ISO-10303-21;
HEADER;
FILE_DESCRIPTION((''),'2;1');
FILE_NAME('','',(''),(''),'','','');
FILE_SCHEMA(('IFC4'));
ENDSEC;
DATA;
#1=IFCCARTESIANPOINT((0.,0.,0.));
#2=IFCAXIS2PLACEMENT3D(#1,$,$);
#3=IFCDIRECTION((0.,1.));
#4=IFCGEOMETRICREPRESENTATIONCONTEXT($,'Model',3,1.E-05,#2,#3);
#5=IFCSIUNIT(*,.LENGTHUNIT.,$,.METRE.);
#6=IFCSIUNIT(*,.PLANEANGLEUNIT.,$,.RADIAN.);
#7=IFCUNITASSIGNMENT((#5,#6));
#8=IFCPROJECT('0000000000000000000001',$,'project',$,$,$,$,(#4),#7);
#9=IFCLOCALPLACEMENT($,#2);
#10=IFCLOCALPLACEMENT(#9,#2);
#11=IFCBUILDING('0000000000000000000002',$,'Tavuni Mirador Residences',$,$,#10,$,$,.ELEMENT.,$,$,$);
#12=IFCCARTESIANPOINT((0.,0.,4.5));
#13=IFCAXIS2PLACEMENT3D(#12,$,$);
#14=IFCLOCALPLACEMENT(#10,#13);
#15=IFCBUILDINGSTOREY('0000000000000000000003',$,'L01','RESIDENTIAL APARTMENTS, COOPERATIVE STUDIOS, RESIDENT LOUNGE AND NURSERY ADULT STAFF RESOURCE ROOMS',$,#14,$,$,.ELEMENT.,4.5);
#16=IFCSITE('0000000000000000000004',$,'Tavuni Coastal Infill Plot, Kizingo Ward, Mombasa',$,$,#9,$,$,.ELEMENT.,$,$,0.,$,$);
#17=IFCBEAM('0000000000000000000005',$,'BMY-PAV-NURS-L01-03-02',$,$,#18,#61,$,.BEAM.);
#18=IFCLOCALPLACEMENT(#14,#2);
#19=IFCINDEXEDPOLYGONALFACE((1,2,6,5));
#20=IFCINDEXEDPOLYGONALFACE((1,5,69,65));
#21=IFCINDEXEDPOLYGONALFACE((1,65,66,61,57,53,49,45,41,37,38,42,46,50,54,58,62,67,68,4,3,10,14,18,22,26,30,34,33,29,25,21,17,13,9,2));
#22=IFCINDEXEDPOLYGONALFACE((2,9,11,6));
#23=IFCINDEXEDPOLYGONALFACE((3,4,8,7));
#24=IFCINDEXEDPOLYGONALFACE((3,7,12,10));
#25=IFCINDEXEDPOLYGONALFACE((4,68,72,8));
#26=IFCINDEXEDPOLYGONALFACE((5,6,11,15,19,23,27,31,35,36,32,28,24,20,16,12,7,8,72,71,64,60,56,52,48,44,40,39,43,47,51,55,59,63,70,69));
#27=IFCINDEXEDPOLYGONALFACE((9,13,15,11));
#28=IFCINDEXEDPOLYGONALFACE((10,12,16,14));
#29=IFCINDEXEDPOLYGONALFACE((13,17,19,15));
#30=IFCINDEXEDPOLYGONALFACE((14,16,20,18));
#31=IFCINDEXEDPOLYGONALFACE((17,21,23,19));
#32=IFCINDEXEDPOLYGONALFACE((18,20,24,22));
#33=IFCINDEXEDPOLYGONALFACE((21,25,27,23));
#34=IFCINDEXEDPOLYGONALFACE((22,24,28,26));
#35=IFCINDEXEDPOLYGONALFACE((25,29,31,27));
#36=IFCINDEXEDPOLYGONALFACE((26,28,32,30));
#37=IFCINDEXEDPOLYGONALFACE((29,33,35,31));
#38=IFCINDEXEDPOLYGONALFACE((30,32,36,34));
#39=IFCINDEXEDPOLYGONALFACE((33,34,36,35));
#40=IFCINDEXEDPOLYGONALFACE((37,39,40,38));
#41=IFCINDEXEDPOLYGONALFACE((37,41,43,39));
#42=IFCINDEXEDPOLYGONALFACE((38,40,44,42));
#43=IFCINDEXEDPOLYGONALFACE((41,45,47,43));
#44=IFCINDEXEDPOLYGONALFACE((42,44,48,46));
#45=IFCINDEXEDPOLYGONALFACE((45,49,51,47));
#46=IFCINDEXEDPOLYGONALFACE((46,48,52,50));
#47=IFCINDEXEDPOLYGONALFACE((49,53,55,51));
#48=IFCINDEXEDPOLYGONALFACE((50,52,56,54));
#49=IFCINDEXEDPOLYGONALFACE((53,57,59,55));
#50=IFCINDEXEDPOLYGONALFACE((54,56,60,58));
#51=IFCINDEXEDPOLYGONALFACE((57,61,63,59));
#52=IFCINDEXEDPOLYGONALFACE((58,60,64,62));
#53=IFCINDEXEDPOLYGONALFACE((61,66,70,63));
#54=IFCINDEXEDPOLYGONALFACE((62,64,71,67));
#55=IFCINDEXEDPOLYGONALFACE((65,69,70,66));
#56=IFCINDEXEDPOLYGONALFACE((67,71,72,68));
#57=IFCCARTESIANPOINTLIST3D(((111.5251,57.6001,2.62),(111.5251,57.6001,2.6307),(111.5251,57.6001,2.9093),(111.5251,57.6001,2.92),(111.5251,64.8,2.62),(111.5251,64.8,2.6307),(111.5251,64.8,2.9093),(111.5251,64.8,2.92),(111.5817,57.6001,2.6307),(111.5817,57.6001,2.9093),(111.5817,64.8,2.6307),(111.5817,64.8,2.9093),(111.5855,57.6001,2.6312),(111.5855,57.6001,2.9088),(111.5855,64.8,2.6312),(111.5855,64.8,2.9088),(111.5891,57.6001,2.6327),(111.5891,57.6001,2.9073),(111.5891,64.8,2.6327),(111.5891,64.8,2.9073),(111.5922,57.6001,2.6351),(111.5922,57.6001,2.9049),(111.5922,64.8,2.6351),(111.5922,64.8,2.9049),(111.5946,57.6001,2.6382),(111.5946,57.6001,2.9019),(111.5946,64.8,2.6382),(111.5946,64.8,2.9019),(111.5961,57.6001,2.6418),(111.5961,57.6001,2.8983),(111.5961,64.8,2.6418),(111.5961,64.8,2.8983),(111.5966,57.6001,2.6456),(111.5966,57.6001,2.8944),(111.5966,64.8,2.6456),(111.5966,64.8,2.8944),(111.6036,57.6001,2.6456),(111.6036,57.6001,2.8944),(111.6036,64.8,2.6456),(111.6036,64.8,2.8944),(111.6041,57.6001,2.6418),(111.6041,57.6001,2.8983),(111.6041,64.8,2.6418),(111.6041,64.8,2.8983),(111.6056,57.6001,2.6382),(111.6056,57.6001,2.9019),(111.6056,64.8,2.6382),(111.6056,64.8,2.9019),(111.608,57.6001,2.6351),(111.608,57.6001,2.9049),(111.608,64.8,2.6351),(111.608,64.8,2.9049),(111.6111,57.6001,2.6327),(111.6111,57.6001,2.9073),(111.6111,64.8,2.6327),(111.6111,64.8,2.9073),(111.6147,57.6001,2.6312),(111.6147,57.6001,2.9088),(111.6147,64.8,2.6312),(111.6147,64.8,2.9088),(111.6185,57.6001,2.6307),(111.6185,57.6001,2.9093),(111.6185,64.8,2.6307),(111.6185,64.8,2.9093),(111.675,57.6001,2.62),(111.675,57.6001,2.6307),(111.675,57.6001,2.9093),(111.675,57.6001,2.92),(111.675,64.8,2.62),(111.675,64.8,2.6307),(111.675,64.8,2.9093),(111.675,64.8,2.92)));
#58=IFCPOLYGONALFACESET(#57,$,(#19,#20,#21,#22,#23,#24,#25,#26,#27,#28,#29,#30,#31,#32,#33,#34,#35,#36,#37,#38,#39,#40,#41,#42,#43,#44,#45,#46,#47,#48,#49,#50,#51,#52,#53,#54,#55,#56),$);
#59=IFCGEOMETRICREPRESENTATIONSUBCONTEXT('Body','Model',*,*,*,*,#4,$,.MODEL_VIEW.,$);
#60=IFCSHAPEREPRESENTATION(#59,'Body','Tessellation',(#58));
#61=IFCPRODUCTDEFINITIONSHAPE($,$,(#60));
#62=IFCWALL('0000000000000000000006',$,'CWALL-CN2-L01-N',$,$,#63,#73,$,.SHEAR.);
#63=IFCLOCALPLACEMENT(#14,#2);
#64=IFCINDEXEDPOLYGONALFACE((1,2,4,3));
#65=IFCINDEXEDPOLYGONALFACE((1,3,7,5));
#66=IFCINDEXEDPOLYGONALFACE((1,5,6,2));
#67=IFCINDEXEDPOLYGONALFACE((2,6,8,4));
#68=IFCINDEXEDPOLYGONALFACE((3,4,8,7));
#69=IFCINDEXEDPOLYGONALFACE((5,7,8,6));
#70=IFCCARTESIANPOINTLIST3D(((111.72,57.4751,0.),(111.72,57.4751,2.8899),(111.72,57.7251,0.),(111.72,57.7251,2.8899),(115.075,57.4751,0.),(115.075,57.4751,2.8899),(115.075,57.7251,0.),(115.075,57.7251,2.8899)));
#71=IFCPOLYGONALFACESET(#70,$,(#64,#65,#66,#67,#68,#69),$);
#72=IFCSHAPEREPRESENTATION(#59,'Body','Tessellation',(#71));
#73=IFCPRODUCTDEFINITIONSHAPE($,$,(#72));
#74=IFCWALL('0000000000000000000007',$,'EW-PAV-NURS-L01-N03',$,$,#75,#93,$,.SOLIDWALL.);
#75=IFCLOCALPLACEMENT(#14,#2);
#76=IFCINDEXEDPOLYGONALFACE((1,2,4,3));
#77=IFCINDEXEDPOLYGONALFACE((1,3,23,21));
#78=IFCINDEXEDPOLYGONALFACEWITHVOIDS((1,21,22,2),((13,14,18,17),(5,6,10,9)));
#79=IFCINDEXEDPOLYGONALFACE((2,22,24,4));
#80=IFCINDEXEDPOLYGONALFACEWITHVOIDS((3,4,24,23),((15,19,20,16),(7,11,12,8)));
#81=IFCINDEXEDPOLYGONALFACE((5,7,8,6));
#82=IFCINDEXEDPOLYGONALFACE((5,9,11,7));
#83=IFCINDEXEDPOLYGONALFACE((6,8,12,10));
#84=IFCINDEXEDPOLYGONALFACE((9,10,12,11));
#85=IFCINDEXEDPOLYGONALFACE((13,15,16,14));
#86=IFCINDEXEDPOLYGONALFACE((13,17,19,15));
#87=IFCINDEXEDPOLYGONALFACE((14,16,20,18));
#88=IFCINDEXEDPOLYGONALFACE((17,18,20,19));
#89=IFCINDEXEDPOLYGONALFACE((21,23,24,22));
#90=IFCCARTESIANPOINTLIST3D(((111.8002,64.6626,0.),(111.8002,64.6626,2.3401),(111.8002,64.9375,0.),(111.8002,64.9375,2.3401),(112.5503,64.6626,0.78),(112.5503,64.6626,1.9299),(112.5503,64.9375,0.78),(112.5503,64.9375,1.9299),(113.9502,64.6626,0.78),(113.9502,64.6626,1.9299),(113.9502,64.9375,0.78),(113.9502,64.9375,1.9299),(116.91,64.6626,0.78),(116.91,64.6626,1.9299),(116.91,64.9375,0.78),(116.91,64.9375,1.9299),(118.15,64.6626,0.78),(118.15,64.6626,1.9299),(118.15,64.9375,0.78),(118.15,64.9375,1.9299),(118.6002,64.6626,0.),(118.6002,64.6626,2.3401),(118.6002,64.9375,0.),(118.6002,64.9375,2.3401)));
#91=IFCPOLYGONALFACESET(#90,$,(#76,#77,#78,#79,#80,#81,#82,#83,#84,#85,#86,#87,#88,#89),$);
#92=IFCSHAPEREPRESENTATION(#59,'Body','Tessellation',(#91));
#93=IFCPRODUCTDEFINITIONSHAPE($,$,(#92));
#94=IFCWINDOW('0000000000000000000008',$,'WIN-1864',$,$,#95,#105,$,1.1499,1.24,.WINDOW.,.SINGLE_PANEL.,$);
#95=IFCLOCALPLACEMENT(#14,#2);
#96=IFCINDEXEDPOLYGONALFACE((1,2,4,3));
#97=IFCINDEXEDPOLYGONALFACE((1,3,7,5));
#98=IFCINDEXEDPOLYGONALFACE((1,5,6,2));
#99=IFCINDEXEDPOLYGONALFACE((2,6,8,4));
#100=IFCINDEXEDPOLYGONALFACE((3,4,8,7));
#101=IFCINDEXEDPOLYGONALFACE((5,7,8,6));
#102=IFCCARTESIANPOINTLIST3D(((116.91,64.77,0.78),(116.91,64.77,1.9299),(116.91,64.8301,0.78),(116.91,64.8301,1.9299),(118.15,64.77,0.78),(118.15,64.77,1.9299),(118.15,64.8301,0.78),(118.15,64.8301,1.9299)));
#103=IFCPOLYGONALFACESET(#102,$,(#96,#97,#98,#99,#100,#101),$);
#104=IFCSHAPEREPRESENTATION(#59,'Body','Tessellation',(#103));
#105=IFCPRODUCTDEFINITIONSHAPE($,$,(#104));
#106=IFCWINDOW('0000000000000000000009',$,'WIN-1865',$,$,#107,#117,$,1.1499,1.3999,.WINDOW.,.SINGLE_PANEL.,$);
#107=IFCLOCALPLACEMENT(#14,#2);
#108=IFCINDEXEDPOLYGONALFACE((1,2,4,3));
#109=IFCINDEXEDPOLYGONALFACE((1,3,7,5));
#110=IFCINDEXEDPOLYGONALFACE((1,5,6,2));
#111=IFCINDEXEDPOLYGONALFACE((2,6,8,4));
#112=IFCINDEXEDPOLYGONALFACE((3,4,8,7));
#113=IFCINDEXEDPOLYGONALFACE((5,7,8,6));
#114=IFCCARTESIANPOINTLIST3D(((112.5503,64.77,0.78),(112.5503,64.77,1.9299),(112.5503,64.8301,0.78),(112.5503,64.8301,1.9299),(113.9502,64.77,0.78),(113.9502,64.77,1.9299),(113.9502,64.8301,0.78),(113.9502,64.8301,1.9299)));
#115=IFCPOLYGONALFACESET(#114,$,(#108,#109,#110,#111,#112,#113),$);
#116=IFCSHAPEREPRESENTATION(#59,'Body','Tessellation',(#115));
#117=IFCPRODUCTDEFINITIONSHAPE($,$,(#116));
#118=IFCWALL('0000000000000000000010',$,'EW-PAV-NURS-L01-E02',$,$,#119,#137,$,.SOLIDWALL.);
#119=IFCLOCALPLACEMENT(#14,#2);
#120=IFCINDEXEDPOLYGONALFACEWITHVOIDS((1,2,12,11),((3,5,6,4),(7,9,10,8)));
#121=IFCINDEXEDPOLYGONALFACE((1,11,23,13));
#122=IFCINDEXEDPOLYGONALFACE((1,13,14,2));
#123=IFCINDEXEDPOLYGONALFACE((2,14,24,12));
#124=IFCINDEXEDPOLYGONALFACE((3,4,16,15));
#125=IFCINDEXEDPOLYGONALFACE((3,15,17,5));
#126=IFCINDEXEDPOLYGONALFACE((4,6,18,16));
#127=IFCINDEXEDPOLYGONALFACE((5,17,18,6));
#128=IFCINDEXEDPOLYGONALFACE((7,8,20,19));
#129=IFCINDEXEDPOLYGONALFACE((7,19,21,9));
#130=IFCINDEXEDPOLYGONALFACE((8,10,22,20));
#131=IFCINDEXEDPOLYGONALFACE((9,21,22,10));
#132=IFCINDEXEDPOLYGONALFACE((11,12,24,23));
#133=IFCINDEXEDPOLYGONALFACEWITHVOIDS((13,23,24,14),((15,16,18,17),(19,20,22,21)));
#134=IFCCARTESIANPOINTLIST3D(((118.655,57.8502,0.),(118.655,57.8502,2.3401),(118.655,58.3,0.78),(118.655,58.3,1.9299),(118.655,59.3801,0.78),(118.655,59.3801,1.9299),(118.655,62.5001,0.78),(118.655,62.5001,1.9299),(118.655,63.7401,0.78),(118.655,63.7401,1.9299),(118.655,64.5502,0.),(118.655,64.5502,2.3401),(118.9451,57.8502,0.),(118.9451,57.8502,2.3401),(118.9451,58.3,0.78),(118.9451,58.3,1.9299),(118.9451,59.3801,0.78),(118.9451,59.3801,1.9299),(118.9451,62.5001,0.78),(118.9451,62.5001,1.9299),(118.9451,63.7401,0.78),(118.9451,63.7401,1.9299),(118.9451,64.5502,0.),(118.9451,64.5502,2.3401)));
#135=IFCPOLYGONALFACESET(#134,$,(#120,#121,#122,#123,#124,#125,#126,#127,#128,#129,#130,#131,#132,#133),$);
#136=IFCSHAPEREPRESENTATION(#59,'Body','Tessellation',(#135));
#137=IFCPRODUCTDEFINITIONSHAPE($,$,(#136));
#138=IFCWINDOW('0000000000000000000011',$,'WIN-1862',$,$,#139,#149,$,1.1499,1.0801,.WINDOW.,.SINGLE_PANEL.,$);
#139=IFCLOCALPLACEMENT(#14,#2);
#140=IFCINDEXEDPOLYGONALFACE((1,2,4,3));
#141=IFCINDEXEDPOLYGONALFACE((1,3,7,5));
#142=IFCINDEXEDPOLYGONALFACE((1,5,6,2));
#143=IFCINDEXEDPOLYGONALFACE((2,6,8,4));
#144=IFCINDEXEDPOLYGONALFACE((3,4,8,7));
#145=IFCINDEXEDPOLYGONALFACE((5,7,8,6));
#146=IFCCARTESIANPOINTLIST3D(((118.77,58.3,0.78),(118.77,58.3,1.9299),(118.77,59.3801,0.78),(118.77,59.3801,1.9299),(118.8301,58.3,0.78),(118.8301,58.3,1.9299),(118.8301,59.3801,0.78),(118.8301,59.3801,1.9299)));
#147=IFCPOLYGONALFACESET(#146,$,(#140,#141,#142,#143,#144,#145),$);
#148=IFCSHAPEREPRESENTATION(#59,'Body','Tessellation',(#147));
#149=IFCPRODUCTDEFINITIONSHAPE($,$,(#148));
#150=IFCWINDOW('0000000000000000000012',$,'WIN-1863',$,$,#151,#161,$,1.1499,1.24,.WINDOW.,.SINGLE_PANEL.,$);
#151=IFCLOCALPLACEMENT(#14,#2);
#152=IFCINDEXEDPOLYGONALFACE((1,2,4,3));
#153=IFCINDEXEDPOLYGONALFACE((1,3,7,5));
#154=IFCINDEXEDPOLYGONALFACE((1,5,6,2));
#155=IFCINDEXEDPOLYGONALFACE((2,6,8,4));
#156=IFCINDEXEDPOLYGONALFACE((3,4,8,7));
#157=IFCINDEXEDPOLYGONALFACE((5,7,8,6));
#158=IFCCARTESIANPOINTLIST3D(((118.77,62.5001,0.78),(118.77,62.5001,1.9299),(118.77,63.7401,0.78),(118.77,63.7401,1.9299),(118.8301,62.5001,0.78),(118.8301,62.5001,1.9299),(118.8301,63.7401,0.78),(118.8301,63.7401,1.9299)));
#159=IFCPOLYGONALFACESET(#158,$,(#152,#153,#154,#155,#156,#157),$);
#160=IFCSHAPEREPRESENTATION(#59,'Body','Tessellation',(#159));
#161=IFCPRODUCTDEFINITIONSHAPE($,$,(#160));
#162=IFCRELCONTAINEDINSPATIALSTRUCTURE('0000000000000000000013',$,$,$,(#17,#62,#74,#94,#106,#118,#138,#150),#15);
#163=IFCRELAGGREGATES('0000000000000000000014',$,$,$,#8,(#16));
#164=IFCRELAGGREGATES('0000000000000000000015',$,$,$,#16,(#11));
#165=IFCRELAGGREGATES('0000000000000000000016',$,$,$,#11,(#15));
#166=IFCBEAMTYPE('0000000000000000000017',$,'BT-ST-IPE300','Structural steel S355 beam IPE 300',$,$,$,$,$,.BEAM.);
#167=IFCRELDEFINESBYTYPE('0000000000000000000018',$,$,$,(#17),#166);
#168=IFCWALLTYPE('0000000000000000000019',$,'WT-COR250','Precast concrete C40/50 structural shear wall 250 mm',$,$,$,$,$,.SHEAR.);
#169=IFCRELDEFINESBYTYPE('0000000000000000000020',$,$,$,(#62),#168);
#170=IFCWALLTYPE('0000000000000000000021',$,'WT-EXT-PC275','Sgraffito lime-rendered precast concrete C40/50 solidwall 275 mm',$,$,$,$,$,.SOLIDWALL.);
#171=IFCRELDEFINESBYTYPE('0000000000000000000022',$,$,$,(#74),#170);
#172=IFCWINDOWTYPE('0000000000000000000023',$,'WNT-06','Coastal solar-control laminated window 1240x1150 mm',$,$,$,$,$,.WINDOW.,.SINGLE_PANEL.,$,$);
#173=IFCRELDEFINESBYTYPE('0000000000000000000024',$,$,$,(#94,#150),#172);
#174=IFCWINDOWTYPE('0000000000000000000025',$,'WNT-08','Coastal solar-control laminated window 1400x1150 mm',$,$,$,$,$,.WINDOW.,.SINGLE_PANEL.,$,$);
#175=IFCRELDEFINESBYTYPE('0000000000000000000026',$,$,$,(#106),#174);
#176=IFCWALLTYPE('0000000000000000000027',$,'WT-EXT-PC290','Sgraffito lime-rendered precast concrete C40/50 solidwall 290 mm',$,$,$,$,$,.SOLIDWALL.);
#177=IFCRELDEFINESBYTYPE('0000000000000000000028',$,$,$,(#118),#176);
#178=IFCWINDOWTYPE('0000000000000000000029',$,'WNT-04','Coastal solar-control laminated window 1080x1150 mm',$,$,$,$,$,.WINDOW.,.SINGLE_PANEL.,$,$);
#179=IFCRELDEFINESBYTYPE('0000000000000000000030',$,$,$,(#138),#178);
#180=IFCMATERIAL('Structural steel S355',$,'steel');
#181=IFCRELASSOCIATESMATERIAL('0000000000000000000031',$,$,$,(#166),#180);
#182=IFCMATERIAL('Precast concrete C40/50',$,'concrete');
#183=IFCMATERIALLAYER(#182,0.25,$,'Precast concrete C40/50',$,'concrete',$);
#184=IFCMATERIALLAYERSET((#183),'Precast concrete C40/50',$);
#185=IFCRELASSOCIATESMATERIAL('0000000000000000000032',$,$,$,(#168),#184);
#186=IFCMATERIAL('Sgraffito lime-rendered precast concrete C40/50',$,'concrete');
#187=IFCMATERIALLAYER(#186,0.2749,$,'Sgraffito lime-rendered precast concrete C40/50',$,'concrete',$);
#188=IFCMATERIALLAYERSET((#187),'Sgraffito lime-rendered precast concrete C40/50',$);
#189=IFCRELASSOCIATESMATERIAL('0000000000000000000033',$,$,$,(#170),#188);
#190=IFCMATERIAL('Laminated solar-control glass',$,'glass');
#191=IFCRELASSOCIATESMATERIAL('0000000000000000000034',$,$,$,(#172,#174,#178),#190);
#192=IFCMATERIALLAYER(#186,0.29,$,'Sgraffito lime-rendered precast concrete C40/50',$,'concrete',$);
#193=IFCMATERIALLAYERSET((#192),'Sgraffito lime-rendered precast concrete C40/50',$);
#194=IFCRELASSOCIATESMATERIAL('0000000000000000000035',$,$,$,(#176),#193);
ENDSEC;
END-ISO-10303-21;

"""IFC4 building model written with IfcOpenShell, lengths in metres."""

from ifc_helpers import new_model, si_unit, direction, frame, frame_2d, origin, origin_2d, place, context, subcontext, project, spatial, rectangle, i_section, extrude, material, layer, layer_set, material_profile, profile_set, type_object, element, fill, save


model = new_model("IFC4")

# Units and contexts
model_context = context("Model", 3, precision=1e-05, world=origin(), true_north=direction((0.0, 1.0)))
body_context = subcontext(model_context, "Body", "Model", "MODEL_VIEW")
ifc_project = project(units=[si_unit("LENGTHUNIT", "METRE"), si_unit("PLANEANGLEUNIT", "RADIAN")], contexts=[model_context])

# Site, building, storey
site_placement = place(None, origin())
site = spatial("IfcSite", under=ifc_project, at=site_placement, Name="Tavuni Coastal Infill Plot, Kizingo Ward, Mombasa", CompositionType="ELEMENT", RefElevation=0.0)
building_placement = place(site_placement, origin())
building = spatial("IfcBuilding", under=site, at=building_placement, Name="Tavuni Mirador Residences", CompositionType="ELEMENT")
storey_placement = place(building_placement, frame((0.0, 0.0, 4.5)))
storey = spatial("IfcBuildingStorey", under=building, at=storey_placement, Name="L01", Description="RESIDENTIAL APARTMENTS, COOPERATIVE STUDIOS, RESIDENT LOUNGE AND NURSERY ADULT STAFF RESOURCE ROOMS", CompositionType="ELEMENT", Elevation=4.5)

# Shared definitions
ifc_material_1 = material(Name="Precast concrete C40/50", Category="concrete")
ifc_material_2 = material(Name="Structural steel S355", Category="steel")

# Beam
ifc_material_profile_1 = material_profile(ifc_material_2, i_section(OverallWidth=0.1499, OverallDepth=0.3, WebThickness=0.0071, FlangeThickness=0.0107, FilletRadius=0.0149, at=origin_2d()), Name="IPE 300", Category="steel")
ifc_profile_set_1 = profile_set([ifc_material_profile_1], Name="Structural steel S355")
beam_type_1 = type_object("IfcBeamType", Name="BT-ST-IPE300", Description="Structural steel S355 beam IPE 300", PredefinedType="BEAM", material=ifc_profile_set_1)
for number, where, z_axis, x_axis, name in (
    (1, (111.6001, 57.6001, 2.77), (0.0, 1.0, 0.0), (-1.0, 0.0, 0.0), "BMY-PAV-NURS-L01-03-02"),
):
    element("IfcBeam", number, at=place(storey_placement, frame(where, z_axis=z_axis, x_axis=x_axis)), inside=storey, type_object=beam_type_1, Name=name, PredefinedType="BEAM", context=body_context, shape_type="SweptSolid", body=[
        extrude(i_section(OverallWidth=0.1499, OverallDepth=0.3, WebThickness=0.0071, FlangeThickness=0.0107, FilletRadius=0.0149, at=origin_2d()), origin(), (0.0, 0.0, 1.0), 7.2),
    ])

# Wall
ifc_layer_1 = layer(ifc_material_1, 0.25, Name="Precast concrete C40/50", Category="concrete")
ifc_layer_set_1 = layer_set([ifc_layer_1], Name="Precast concrete C40/50")
wall_type_1 = type_object("IfcWallType", Name="WT-COR250", Description="Precast concrete C40/50 structural shear wall 250 mm", PredefinedType="SHEAR", material=ifc_layer_set_1)
wall_1_placement = place(storey_placement, frame((111.72, 57.6001, 0.0), z_axis=(0.0, 0.0, 1.0), x_axis=(1.0, 0.0, 0.0)))
element("IfcWall", 2, at=wall_1_placement, inside=storey, type_object=wall_type_1, Name="CWALL-CN2-L01-N", PredefinedType="SHEAR", context=body_context, shape_type="SweptSolid", body=[
    extrude(rectangle(XDim=3.355, YDim=0.25, at=frame_2d((1.6775, 0.0))), origin(), (0.0, 0.0, 1.0), 2.8899),
])

# Walls, openings, windows
ifc_material_3 = material(Name="Sgraffito lime-rendered precast concrete C40/50", Category="concrete")
ifc_layer_2 = layer(ifc_material_3, 0.2749, Name="Sgraffito lime-rendered precast concrete C40/50", Category="concrete")
ifc_layer_set_2 = layer_set([ifc_layer_2], Name="Sgraffito lime-rendered precast concrete C40/50")
wall_type_2 = type_object("IfcWallType", Name="WT-EXT-PC275", Description="Sgraffito lime-rendered precast concrete C40/50 solidwall 275 mm", PredefinedType="SOLIDWALL", material=ifc_layer_set_2)
wall_2_placement = place(storey_placement, frame((118.6001, 64.8, 0.0), z_axis=(0.0, 0.0, 1.0), x_axis=(-1.0, 0.0, 0.0)))
wall_2 = element("IfcWall", 3, at=wall_2_placement, inside=storey, type_object=wall_type_2, Name="EW-PAV-NURS-L01-N03", PredefinedType="SOLIDWALL", context=body_context, shape_type="SweptSolid", body=[
    extrude(rectangle(XDim=6.8, YDim=0.2749, at=frame_2d((3.3999, 0.0))), origin(), (0.0, 0.0, 1.0), 2.3401),
])
opening_1_placement = place(wall_2_placement, frame((0.45, 0.0, 0.78)))
opening_1 = element("IfcOpeningElement", 4, at=opening_1_placement, cuts=wall_2, PredefinedType="OPENING", context=body_context, shape_type="SweptSolid", body=[
    extrude(rectangle(XDim=1.24, YDim=1.1499, at=frame_2d((0.6201, 0.575))), frame((0.0, 0.1475, 0.0), z_axis=(0.0, -1.0, 0.0), x_axis=(1.0, 0.0, 0.0)), (0.0, 0.0, 1.0), 0.2949),
])
opening_2_placement = place(wall_2_placement, frame((4.6499, 0.0, 0.78)))
opening_2 = element("IfcOpeningElement", 5, at=opening_2_placement, cuts=wall_2, PredefinedType="OPENING", context=body_context, shape_type="SweptSolid", body=[
    extrude(rectangle(XDim=1.3999, YDim=1.1499, at=frame_2d((0.7, 0.575))), frame((0.0, 0.1475, 0.0), z_axis=(0.0, -1.0, 0.0), x_axis=(1.0, 0.0, 0.0)), (0.0, 0.0, 1.0), 0.2949),
])
ifc_material_4 = material(Name="Laminated solar-control glass", Category="glass")
window_type_1 = type_object("IfcWindowType", Name="WNT-06", Description="Coastal solar-control laminated window 1240x1150 mm", PartitioningType="SINGLE_PANEL", PredefinedType="WINDOW", material=ifc_material_4)
window_1_placement = place(opening_1_placement, origin())
window_1 = element("IfcWindow", 6, at=window_1_placement, inside=storey, type_object=window_type_1, Name="WIN-1864", OverallHeight=1.1499, OverallWidth=1.24, PartitioningType="SINGLE_PANEL", PredefinedType="WINDOW", context=body_context, shape_type="SweptSolid", body=[
    extrude(rectangle(XDim=1.24, YDim=1.1499, at=frame_2d((0.6201, 0.575))), frame((0.0, 0.03, 0.0), z_axis=(0.0, -1.0, 0.0), x_axis=(1.0, 0.0, 0.0)), (0.0, 0.0, 1.0), 0.0601),
])
fill(opening_1, window_1)
window_type_2 = type_object("IfcWindowType", Name="WNT-08", Description="Coastal solar-control laminated window 1400x1150 mm", PartitioningType="SINGLE_PANEL", PredefinedType="WINDOW", material=ifc_material_4)
window_2_placement = place(opening_2_placement, origin())
window_2 = element("IfcWindow", 7, at=window_2_placement, inside=storey, type_object=window_type_2, Name="WIN-1865", OverallHeight=1.1499, OverallWidth=1.3999, PartitioningType="SINGLE_PANEL", PredefinedType="WINDOW", context=body_context, shape_type="SweptSolid", body=[
    extrude(rectangle(XDim=1.3999, YDim=1.1499, at=frame_2d((0.7, 0.575))), frame((0.0, 0.03, 0.0), z_axis=(0.0, -1.0, 0.0), x_axis=(1.0, 0.0, 0.0)), (0.0, 0.0, 1.0), 0.0601),
])
fill(opening_2, window_2)
ifc_layer_3 = layer(ifc_material_3, 0.29, Name="Sgraffito lime-rendered precast concrete C40/50", Category="concrete")
ifc_layer_set_3 = layer_set([ifc_layer_3], Name="Sgraffito lime-rendered precast concrete C40/50")
wall_type_3 = type_object("IfcWallType", Name="WT-EXT-PC290", Description="Sgraffito lime-rendered precast concrete C40/50 solidwall 290 mm", PredefinedType="SOLIDWALL", material=ifc_layer_set_3)
wall_3_placement = place(storey_placement, frame((118.8, 57.8501, 0.0), z_axis=(0.0, 0.0, 1.0), x_axis=(0.0, 1.0, 0.0)))
wall_3 = element("IfcWall", 8, at=wall_3_placement, inside=storey, type_object=wall_type_3, Name="EW-PAV-NURS-L01-E02", PredefinedType="SOLIDWALL", context=body_context, shape_type="SweptSolid", body=[
    extrude(rectangle(XDim=6.7, YDim=0.29, at=frame_2d((3.3501, 0.0))), origin(), (0.0, 0.0, 1.0), 2.3401),
])
opening_3_placement = place(wall_3_placement, frame((0.45, 0.0, 0.78)))
opening_3 = element("IfcOpeningElement", 9, at=opening_3_placement, cuts=wall_3, PredefinedType="OPENING", context=body_context, shape_type="SweptSolid", body=[
    extrude(rectangle(XDim=1.0801, YDim=1.1499, at=frame_2d((0.54, 0.575))), frame((0.0, 0.155, 0.0), z_axis=(0.0, -1.0, 0.0), x_axis=(1.0, 0.0, 0.0)), (0.0, 0.0, 1.0), 0.3101),
])
opening_4_placement = place(wall_3_placement, frame((4.6499, 0.0, 0.78)))
opening_4 = element("IfcOpeningElement", 10, at=opening_4_placement, cuts=wall_3, PredefinedType="OPENING", context=body_context, shape_type="SweptSolid", body=[
    extrude(rectangle(XDim=1.24, YDim=1.1499, at=frame_2d((0.6201, 0.575))), frame((0.0, 0.155, 0.0), z_axis=(0.0, -1.0, 0.0), x_axis=(1.0, 0.0, 0.0)), (0.0, 0.0, 1.0), 0.3101),
])
window_type_3 = type_object("IfcWindowType", Name="WNT-04", Description="Coastal solar-control laminated window 1080x1150 mm", PartitioningType="SINGLE_PANEL", PredefinedType="WINDOW", material=ifc_material_4)
window_3_placement = place(opening_3_placement, origin())
window_3 = element("IfcWindow", 11, at=window_3_placement, inside=storey, type_object=window_type_3, Name="WIN-1862", OverallHeight=1.1499, OverallWidth=1.0801, PartitioningType="SINGLE_PANEL", PredefinedType="WINDOW", context=body_context, shape_type="SweptSolid", body=[
    extrude(rectangle(XDim=1.0801, YDim=1.1499, at=frame_2d((0.54, 0.575))), frame((0.0, 0.03, 0.0), z_axis=(0.0, -1.0, 0.0), x_axis=(1.0, 0.0, 0.0)), (0.0, 0.0, 1.0), 0.0601),
])
fill(opening_3, window_3)
window_4_placement = place(opening_4_placement, origin())
window_4 = element("IfcWindow", 12, at=window_4_placement, inside=storey, type_object=window_type_1, Name="WIN-1863", OverallHeight=1.1499, OverallWidth=1.24, PartitioningType="SINGLE_PANEL", PredefinedType="WINDOW", context=body_context, shape_type="SweptSolid", body=[
    extrude(rectangle(XDim=1.24, YDim=1.1499, at=frame_2d((0.6201, 0.575))), frame((0.0, 0.03, 0.0), z_axis=(0.0, -1.0, 0.0), x_axis=(1.0, 0.0, 0.0)), (0.0, 0.0, 1.0), 0.0601),
])
fill(opening_4, window_4)

save(model, "model.ifc")
